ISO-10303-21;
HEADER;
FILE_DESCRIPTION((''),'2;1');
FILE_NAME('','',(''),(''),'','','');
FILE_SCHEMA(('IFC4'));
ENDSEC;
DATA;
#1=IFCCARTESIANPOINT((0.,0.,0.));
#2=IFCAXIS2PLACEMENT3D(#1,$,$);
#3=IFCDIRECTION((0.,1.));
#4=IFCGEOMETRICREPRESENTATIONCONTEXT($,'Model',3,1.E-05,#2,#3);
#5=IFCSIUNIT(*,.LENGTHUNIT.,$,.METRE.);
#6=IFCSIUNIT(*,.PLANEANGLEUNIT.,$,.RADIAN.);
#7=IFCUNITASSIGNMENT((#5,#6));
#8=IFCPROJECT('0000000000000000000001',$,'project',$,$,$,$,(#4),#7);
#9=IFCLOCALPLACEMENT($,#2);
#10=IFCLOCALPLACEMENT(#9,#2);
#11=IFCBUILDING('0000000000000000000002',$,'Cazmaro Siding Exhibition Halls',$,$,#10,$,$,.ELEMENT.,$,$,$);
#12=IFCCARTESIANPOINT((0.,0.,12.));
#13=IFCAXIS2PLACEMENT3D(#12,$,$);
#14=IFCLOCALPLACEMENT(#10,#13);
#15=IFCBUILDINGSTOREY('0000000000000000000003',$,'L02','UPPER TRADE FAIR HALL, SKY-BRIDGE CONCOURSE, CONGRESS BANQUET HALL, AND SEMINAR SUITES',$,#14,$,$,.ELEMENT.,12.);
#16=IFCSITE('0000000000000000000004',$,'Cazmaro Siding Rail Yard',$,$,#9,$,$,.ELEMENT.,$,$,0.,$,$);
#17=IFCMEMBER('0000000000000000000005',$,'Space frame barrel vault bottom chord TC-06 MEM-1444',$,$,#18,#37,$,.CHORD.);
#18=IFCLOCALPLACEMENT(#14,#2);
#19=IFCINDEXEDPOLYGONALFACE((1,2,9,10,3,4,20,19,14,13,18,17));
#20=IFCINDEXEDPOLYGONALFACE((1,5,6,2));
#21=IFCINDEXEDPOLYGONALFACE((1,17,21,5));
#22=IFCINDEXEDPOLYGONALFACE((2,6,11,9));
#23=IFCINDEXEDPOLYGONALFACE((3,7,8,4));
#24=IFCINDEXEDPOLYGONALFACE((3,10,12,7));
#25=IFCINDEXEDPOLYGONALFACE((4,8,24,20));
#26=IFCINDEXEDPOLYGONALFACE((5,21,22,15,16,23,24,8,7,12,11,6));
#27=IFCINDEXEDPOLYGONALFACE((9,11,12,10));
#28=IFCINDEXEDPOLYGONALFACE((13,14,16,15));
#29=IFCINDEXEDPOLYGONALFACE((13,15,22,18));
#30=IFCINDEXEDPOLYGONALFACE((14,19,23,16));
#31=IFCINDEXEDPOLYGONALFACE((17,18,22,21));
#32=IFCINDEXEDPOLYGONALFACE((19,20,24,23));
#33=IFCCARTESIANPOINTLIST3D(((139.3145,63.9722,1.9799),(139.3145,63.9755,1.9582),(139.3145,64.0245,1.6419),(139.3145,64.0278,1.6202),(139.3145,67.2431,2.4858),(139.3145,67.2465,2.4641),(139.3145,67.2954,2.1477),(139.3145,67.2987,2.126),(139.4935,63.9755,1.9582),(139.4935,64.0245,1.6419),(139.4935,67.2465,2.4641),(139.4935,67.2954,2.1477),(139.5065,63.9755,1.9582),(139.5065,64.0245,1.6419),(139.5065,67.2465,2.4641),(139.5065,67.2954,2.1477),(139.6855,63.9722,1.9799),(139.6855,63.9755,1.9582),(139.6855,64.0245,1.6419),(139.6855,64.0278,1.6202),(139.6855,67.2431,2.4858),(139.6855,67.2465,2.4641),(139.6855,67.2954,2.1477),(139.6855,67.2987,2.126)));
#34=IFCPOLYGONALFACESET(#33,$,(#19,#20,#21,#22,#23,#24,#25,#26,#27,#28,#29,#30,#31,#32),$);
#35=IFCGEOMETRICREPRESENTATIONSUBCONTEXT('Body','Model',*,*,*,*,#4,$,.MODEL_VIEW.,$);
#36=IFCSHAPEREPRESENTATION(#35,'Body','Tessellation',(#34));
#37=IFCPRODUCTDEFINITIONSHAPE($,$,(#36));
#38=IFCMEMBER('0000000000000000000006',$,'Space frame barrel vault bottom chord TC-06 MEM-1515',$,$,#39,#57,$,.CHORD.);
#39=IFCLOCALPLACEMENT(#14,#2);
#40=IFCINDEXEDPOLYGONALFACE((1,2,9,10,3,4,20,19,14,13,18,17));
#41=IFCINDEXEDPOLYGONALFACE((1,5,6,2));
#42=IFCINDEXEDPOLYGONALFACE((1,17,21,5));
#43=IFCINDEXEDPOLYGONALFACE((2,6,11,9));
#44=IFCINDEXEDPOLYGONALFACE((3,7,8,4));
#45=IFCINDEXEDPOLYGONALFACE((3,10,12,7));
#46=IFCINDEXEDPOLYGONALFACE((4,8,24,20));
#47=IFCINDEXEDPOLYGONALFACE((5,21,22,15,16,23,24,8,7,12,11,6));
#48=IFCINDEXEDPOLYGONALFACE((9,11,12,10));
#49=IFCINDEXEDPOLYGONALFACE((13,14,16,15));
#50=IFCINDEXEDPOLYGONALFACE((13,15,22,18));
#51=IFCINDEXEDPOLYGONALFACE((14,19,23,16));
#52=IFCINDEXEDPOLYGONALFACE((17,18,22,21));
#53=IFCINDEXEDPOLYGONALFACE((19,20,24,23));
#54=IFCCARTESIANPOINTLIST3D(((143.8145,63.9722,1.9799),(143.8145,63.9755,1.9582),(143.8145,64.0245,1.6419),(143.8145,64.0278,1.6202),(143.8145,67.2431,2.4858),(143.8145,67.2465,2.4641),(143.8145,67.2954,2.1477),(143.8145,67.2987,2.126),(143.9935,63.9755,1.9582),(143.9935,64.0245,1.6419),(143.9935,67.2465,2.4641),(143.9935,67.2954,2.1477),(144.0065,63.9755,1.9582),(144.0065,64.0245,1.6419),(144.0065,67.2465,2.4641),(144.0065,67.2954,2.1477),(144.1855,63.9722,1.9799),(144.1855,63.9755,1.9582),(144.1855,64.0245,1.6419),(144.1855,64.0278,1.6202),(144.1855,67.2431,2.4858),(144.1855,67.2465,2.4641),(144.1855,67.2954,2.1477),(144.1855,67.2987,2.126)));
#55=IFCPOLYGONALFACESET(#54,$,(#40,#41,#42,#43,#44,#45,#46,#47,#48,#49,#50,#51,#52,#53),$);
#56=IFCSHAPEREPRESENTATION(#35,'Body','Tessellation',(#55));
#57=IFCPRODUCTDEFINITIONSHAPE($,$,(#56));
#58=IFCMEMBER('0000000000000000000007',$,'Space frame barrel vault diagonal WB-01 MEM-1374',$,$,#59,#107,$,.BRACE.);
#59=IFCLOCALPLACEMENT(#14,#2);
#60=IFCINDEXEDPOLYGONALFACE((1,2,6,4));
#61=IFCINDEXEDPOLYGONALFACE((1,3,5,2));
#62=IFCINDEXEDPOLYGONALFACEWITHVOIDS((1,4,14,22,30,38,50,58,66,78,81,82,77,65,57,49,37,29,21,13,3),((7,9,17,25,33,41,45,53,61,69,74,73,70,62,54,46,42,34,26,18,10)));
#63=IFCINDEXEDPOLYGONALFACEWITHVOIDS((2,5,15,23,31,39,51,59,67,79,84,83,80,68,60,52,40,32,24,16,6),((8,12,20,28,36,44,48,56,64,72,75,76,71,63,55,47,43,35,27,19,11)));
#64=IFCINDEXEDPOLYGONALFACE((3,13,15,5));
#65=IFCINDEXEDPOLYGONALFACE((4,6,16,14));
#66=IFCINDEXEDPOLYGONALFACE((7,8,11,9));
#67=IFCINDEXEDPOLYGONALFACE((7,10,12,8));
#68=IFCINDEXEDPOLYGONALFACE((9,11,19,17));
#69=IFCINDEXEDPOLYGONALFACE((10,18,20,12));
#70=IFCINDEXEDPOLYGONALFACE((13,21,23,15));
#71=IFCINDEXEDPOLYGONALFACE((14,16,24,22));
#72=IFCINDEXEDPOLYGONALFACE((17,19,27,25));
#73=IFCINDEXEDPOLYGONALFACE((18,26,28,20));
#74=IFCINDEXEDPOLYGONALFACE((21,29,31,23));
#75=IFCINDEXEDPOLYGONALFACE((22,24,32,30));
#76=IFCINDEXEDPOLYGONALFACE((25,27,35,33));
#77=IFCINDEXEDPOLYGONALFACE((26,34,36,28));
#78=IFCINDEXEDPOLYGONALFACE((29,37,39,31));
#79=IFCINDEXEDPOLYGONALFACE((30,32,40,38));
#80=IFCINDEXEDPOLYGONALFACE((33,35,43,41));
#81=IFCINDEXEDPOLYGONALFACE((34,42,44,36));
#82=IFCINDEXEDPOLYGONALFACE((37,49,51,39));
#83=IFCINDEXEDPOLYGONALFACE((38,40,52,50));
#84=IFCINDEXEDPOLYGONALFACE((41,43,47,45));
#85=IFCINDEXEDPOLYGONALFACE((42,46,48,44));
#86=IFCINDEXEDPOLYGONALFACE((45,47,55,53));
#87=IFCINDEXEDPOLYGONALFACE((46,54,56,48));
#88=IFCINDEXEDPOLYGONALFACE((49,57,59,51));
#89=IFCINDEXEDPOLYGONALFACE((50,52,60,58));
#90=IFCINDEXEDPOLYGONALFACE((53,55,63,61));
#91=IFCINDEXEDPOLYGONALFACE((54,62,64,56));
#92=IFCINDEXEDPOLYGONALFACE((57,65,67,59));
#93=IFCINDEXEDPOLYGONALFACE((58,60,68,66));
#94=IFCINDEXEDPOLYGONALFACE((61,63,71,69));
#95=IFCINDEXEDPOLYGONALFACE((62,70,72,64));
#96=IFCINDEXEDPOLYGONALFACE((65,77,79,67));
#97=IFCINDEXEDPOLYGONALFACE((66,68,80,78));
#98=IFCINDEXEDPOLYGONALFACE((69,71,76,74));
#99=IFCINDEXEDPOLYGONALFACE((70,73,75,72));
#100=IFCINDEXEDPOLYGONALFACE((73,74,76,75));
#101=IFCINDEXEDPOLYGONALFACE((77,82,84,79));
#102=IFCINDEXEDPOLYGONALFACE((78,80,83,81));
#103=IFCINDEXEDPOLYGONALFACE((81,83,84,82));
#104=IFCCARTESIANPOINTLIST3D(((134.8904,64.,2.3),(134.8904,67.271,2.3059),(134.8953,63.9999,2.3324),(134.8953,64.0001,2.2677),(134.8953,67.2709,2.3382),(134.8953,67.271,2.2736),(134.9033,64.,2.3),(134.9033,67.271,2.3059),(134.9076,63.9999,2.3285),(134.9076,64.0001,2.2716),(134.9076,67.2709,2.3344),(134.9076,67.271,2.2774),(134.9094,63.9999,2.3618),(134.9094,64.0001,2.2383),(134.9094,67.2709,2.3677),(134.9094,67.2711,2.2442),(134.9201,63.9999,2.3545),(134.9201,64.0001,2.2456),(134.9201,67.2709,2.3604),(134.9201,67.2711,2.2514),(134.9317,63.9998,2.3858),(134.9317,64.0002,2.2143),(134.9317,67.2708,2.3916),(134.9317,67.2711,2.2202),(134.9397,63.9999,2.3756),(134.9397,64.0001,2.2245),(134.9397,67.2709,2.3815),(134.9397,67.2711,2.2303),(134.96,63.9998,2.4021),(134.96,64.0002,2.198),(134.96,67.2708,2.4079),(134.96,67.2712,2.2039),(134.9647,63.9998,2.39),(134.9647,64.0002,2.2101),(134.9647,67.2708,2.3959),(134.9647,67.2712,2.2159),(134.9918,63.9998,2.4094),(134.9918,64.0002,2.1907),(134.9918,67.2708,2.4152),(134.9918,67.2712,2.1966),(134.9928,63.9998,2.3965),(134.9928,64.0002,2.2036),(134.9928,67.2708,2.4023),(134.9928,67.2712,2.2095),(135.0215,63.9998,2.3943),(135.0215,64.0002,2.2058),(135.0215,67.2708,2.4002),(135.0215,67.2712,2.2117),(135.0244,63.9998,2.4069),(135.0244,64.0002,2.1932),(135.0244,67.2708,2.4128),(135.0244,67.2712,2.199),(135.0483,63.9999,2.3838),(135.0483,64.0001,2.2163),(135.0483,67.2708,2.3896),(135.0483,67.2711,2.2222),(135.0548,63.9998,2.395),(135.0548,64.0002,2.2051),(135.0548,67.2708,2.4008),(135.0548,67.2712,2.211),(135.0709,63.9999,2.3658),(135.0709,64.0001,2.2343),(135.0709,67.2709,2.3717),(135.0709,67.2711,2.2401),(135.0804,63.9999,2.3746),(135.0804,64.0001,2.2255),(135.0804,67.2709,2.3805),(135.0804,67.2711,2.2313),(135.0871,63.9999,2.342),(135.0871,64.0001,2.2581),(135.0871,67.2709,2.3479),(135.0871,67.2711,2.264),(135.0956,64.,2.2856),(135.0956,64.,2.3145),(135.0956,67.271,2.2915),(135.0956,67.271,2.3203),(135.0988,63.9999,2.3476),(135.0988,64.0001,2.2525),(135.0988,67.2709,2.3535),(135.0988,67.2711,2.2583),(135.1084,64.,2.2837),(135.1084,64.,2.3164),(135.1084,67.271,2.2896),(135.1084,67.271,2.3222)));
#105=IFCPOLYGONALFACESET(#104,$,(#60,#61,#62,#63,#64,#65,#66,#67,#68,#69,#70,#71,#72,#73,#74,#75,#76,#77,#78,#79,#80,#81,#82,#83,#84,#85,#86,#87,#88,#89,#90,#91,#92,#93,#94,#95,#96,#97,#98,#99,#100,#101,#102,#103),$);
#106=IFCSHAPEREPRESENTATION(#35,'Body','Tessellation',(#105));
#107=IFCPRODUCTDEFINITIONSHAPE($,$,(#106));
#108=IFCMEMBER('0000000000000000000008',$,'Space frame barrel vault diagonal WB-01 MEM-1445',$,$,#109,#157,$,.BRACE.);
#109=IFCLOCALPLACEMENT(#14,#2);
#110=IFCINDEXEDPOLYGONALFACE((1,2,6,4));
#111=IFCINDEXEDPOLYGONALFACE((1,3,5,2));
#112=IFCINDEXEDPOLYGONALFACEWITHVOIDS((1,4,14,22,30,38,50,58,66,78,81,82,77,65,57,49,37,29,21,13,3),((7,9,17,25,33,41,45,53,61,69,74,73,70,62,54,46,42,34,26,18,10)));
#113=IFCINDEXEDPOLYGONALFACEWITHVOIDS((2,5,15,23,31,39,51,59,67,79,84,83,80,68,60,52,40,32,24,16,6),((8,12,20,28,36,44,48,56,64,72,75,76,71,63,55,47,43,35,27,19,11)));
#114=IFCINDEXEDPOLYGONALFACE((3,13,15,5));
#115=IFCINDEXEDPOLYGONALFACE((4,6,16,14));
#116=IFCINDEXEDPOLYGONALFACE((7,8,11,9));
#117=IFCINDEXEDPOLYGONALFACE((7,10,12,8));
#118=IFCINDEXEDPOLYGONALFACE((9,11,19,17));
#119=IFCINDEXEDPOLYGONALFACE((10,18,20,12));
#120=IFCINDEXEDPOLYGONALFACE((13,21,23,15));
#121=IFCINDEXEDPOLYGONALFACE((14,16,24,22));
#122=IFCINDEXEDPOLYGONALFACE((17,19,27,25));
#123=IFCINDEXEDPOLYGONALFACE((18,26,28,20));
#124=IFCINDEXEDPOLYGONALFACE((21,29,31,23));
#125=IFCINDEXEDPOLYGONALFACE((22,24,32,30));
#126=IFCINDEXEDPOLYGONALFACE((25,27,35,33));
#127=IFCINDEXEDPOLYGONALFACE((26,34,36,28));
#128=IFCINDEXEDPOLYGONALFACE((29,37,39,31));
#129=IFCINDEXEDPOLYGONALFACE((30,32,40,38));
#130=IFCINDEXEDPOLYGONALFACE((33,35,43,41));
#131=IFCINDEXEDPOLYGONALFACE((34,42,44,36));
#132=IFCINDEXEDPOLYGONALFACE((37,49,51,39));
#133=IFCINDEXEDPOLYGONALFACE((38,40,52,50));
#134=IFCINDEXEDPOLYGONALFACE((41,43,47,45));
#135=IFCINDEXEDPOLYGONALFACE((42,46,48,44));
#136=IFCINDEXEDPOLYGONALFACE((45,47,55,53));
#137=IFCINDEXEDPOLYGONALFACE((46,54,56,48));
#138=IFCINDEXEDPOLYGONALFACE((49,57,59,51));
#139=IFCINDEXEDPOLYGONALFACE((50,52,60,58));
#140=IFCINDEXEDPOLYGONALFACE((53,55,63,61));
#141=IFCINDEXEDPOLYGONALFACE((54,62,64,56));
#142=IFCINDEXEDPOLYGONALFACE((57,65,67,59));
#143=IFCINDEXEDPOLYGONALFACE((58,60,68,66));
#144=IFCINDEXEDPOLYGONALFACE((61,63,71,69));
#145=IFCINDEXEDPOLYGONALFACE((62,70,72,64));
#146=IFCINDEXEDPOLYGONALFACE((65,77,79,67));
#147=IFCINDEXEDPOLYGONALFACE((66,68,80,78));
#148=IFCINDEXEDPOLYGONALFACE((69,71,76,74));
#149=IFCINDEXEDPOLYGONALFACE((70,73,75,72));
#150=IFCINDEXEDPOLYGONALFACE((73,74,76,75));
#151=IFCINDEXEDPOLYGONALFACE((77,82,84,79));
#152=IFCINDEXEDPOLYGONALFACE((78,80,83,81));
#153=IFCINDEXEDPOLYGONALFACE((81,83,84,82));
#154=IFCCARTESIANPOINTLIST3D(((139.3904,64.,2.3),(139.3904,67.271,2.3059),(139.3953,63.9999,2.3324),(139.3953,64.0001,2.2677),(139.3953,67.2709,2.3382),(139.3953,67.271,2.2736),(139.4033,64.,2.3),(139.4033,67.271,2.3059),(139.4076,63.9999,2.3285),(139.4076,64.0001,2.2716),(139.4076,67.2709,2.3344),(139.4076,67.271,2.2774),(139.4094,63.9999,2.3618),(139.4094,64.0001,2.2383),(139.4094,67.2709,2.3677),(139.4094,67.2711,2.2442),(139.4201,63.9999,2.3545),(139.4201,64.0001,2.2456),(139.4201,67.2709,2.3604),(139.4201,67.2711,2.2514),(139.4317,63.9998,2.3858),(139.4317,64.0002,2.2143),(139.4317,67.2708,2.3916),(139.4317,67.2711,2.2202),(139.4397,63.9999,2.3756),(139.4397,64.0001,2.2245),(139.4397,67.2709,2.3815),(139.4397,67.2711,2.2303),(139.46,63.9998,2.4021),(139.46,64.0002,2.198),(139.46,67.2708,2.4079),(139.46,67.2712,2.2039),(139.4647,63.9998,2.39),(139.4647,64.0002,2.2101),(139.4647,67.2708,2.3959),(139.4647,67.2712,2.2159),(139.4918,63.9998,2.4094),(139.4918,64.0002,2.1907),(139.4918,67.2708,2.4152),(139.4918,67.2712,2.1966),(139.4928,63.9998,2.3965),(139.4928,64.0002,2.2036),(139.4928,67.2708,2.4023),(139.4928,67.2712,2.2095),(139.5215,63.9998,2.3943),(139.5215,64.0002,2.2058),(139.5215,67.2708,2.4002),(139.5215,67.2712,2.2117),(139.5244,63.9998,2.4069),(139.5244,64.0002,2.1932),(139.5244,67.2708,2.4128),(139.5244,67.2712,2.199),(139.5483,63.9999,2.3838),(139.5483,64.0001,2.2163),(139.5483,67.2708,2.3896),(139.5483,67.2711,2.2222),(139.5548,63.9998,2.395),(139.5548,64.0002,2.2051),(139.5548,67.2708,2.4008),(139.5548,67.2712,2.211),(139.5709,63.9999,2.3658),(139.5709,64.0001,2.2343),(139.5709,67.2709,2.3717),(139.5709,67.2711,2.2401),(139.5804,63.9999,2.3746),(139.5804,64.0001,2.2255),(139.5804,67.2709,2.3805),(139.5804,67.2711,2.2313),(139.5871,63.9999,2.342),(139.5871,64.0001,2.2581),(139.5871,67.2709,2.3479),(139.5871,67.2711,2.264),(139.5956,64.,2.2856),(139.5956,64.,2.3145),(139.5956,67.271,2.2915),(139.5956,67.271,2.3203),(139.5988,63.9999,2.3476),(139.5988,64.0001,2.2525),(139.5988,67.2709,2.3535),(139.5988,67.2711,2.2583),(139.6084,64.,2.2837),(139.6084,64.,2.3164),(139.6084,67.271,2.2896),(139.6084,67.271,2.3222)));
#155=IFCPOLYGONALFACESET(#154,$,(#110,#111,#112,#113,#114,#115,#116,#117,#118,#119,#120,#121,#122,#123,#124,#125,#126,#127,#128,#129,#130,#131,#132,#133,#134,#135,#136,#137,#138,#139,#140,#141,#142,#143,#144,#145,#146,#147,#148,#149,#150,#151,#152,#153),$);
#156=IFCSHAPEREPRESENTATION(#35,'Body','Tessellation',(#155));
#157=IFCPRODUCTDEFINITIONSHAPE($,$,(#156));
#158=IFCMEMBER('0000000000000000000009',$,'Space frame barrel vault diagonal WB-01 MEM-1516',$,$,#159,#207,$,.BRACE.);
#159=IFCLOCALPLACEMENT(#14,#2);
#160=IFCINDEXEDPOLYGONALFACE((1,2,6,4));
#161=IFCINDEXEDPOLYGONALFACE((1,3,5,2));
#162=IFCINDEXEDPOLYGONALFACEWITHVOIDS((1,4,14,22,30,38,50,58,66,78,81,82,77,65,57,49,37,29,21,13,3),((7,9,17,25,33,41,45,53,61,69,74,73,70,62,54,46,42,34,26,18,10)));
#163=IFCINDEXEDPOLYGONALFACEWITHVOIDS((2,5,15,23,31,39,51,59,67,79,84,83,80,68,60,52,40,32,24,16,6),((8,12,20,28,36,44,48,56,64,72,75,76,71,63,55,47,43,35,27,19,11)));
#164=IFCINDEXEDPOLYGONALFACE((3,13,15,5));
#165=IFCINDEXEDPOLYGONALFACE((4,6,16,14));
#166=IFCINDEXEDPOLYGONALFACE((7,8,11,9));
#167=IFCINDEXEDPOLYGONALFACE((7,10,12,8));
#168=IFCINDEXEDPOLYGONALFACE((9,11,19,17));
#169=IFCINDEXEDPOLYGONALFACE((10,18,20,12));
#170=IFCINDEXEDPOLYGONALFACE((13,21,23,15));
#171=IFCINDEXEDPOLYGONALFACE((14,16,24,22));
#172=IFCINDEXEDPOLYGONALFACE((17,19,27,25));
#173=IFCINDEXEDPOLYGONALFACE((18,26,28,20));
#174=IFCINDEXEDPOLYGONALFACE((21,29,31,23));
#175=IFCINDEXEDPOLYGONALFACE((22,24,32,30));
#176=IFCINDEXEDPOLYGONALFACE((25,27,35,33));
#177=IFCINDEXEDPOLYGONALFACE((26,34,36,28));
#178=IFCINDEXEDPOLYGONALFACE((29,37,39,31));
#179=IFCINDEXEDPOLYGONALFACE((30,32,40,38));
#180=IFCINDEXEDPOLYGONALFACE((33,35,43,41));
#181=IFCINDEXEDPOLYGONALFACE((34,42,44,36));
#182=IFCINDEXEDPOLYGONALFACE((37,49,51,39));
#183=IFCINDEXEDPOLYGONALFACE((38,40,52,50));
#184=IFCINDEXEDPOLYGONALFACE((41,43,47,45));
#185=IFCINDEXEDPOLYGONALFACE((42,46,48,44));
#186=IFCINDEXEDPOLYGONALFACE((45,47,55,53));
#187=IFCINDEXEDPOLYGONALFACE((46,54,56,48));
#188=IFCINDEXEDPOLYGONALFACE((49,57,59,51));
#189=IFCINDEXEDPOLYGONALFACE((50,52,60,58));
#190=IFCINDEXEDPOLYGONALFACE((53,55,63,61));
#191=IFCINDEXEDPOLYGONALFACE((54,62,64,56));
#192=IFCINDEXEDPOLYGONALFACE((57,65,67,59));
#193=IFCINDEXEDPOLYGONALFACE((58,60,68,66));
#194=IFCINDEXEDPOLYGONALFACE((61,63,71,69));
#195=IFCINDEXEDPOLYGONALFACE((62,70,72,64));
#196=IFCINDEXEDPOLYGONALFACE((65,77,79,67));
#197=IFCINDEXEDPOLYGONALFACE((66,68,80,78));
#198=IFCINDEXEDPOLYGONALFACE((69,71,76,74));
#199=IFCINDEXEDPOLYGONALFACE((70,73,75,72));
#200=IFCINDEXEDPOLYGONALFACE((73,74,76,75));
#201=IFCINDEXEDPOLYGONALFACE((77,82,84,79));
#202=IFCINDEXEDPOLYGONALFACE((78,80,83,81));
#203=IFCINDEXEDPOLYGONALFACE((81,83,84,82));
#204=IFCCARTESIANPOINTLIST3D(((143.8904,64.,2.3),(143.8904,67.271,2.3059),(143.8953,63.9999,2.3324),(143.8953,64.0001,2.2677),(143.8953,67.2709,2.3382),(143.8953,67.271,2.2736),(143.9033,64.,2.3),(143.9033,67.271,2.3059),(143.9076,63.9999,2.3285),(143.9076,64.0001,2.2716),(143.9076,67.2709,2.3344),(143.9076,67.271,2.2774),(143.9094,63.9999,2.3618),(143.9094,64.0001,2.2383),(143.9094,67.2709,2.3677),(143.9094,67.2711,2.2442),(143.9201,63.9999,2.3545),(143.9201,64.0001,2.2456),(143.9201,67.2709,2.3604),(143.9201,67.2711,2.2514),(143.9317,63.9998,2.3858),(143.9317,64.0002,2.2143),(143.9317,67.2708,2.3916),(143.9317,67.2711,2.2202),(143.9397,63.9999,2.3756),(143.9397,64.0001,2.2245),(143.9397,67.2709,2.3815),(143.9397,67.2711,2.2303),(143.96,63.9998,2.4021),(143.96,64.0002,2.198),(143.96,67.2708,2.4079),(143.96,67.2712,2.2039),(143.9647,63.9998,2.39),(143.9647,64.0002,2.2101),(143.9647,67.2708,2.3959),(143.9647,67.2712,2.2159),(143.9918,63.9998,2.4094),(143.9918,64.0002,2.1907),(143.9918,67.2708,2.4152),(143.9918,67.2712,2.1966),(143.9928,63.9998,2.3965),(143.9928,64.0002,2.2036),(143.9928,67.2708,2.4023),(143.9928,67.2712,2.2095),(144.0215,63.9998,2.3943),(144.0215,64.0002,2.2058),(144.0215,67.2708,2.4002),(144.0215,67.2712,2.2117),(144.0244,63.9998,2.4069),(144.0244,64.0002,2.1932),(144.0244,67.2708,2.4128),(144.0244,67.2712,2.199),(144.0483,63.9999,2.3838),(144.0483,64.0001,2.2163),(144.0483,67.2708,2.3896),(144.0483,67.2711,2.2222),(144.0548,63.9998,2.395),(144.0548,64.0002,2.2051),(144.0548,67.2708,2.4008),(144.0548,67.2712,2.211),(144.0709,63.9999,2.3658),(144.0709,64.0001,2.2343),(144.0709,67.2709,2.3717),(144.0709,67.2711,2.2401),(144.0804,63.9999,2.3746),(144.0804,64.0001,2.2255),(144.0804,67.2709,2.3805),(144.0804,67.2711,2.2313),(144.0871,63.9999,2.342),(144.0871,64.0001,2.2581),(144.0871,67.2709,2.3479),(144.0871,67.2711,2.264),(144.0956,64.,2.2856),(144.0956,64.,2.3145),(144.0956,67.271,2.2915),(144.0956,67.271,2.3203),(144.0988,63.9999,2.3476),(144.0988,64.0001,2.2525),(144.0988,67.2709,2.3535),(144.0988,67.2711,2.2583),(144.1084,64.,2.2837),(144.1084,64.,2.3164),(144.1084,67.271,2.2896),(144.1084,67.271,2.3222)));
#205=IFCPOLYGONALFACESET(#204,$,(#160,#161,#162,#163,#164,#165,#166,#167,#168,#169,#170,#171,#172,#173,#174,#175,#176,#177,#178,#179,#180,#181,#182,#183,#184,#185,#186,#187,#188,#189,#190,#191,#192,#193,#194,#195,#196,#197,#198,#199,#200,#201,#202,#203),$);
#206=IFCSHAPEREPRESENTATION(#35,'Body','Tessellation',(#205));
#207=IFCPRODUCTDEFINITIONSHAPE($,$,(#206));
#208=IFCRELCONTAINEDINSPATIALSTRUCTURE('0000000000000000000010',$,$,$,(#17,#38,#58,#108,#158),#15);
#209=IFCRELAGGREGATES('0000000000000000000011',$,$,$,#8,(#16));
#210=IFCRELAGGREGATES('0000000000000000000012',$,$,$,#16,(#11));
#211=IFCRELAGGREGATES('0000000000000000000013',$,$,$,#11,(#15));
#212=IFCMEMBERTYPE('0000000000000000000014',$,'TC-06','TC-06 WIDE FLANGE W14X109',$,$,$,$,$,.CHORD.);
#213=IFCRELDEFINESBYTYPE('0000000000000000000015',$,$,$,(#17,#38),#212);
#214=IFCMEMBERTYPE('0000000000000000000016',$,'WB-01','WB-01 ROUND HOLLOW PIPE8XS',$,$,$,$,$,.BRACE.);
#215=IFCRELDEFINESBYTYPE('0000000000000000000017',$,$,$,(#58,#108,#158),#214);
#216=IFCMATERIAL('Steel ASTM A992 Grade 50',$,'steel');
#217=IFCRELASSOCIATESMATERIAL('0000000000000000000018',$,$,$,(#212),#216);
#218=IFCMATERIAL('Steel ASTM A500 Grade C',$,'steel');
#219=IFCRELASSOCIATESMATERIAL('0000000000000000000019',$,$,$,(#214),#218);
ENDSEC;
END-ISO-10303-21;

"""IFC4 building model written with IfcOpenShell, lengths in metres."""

from ifc_helpers import new_model, si_unit, direction, frame, origin, origin_2d, place, context, subcontext, project, spatial, hollow_circle, i_section, extrude, material, material_profile, profile_set, type_object, element, save


model = new_model("IFC4")

# Units and contexts
model_context = context("Model", 3, precision=1e-05, world=origin(), true_north=direction((0.0, 1.0)))
body_context = subcontext(model_context, "Body", "Model", "MODEL_VIEW")
ifc_project = project(units=[si_unit("LENGTHUNIT", "METRE"), si_unit("PLANEANGLEUNIT", "RADIAN")], contexts=[model_context])

# Site, building, storey
site_placement = place(None, origin())
site = spatial("IfcSite", under=ifc_project, at=site_placement, Name="Cazmaro Siding Rail Yard", CompositionType="ELEMENT", RefElevation=0.0)
building_placement = place(site_placement, origin())
building = spatial("IfcBuilding", under=site, at=building_placement, Name="Cazmaro Siding Exhibition Halls", CompositionType="ELEMENT")
storey_placement = place(building_placement, frame((0.0, 0.0, 12.0)))
storey = spatial("IfcBuildingStorey", under=building, at=storey_placement, Name="L02", Description="UPPER TRADE FAIR HALL, SKY-BRIDGE CONCOURSE, CONGRESS BANQUET HALL, AND SEMINAR SUITES", CompositionType="ELEMENT", Elevation=12.0)

# Members
ifc_material_1 = material(Name="Steel ASTM A992 Grade 50", Category="steel")
ifc_material_profile_1 = material_profile(ifc_material_1, i_section(OverallWidth=0.3711, OverallDepth=0.364, WebThickness=0.0129, FlangeThickness=0.022, at=origin_2d()), Name="W14X109")
ifc_profile_set_1 = profile_set([ifc_material_profile_1], Name="Steel ASTM A992 Grade 50")
member_type_1 = type_object("IfcMemberType", Name="TC-06", Description="TC-06 WIDE FLANGE W14X109", PredefinedType="CHORD", material=ifc_profile_set_1)
for number, where, z_axis, x_axis, name in (
    (1, (139.5, 64.0, 1.8), (0.0, 0.988252, 0.152833), (-1.0, 0.0, 0.0), "Space frame barrel vault bottom chord TC-06 MEM-1444"),
    (2, (144.0, 64.0, 1.8), (0.0, 0.988252, 0.152833), (-1.0, 0.0, 0.0), "Space frame barrel vault bottom chord TC-06 MEM-1515"),
):
    element("IfcMember", number, at=place(storey_placement, frame(where, z_axis=z_axis, x_axis=x_axis)), inside=storey, type_object=member_type_1, Name=name, PredefinedType="CHORD", context=body_context, shape_type="SweptSolid", body=[
        extrude(i_section(OverallWidth=0.3711, OverallDepth=0.364, WebThickness=0.0129, FlangeThickness=0.022, at=origin_2d()), origin(), (0.0, 0.0, 1.0), 3.3098),
    ])
ifc_material_2 = material(Name="Steel ASTM A500 Grade C", Category="steel")
ifc_material_profile_2 = material_profile(ifc_material_2, hollow_circle(Radius=0.1096, WallThickness=0.0129, at=origin_2d()), Name="PIPE8XS")
ifc_profile_set_2 = profile_set([ifc_material_profile_2], Name="Steel ASTM A500 Grade C")
member_type_2 = type_object("IfcMemberType", Name="WB-01", Description="WB-01 ROUND HOLLOW PIPE8XS", PredefinedType="BRACE", material=ifc_profile_set_2)
for number, where, z_axis, x_axis, name in (
    (3, (135.0, 64.0, 2.3), (0.0, 0.999998, 0.001791), (-1.0, 0.0, 0.0), "Space frame barrel vault diagonal WB-01 MEM-1374"),
    (4, (139.5, 64.0, 2.3), (0.0, 0.999998, 0.001791), (-1.0, 0.0, 0.0), "Space frame barrel vault diagonal WB-01 MEM-1445"),
    (5, (144.0, 64.0, 2.3), (0.0, 0.999998, 0.001791), (-1.0, 0.0, 0.0), "Space frame barrel vault diagonal WB-01 MEM-1516"),
):
    element("IfcMember", number, at=place(storey_placement, frame(where, z_axis=z_axis, x_axis=x_axis)), inside=storey, type_object=member_type_2, Name=name, PredefinedType="BRACE", context=body_context, shape_type="SweptSolid", body=[
        extrude(hollow_circle(Radius=0.1096, WallThickness=0.0129, at=origin_2d()), origin(), (0.0, 0.0, 1.0), 3.271),
    ])

save(model, "model.ifc")
